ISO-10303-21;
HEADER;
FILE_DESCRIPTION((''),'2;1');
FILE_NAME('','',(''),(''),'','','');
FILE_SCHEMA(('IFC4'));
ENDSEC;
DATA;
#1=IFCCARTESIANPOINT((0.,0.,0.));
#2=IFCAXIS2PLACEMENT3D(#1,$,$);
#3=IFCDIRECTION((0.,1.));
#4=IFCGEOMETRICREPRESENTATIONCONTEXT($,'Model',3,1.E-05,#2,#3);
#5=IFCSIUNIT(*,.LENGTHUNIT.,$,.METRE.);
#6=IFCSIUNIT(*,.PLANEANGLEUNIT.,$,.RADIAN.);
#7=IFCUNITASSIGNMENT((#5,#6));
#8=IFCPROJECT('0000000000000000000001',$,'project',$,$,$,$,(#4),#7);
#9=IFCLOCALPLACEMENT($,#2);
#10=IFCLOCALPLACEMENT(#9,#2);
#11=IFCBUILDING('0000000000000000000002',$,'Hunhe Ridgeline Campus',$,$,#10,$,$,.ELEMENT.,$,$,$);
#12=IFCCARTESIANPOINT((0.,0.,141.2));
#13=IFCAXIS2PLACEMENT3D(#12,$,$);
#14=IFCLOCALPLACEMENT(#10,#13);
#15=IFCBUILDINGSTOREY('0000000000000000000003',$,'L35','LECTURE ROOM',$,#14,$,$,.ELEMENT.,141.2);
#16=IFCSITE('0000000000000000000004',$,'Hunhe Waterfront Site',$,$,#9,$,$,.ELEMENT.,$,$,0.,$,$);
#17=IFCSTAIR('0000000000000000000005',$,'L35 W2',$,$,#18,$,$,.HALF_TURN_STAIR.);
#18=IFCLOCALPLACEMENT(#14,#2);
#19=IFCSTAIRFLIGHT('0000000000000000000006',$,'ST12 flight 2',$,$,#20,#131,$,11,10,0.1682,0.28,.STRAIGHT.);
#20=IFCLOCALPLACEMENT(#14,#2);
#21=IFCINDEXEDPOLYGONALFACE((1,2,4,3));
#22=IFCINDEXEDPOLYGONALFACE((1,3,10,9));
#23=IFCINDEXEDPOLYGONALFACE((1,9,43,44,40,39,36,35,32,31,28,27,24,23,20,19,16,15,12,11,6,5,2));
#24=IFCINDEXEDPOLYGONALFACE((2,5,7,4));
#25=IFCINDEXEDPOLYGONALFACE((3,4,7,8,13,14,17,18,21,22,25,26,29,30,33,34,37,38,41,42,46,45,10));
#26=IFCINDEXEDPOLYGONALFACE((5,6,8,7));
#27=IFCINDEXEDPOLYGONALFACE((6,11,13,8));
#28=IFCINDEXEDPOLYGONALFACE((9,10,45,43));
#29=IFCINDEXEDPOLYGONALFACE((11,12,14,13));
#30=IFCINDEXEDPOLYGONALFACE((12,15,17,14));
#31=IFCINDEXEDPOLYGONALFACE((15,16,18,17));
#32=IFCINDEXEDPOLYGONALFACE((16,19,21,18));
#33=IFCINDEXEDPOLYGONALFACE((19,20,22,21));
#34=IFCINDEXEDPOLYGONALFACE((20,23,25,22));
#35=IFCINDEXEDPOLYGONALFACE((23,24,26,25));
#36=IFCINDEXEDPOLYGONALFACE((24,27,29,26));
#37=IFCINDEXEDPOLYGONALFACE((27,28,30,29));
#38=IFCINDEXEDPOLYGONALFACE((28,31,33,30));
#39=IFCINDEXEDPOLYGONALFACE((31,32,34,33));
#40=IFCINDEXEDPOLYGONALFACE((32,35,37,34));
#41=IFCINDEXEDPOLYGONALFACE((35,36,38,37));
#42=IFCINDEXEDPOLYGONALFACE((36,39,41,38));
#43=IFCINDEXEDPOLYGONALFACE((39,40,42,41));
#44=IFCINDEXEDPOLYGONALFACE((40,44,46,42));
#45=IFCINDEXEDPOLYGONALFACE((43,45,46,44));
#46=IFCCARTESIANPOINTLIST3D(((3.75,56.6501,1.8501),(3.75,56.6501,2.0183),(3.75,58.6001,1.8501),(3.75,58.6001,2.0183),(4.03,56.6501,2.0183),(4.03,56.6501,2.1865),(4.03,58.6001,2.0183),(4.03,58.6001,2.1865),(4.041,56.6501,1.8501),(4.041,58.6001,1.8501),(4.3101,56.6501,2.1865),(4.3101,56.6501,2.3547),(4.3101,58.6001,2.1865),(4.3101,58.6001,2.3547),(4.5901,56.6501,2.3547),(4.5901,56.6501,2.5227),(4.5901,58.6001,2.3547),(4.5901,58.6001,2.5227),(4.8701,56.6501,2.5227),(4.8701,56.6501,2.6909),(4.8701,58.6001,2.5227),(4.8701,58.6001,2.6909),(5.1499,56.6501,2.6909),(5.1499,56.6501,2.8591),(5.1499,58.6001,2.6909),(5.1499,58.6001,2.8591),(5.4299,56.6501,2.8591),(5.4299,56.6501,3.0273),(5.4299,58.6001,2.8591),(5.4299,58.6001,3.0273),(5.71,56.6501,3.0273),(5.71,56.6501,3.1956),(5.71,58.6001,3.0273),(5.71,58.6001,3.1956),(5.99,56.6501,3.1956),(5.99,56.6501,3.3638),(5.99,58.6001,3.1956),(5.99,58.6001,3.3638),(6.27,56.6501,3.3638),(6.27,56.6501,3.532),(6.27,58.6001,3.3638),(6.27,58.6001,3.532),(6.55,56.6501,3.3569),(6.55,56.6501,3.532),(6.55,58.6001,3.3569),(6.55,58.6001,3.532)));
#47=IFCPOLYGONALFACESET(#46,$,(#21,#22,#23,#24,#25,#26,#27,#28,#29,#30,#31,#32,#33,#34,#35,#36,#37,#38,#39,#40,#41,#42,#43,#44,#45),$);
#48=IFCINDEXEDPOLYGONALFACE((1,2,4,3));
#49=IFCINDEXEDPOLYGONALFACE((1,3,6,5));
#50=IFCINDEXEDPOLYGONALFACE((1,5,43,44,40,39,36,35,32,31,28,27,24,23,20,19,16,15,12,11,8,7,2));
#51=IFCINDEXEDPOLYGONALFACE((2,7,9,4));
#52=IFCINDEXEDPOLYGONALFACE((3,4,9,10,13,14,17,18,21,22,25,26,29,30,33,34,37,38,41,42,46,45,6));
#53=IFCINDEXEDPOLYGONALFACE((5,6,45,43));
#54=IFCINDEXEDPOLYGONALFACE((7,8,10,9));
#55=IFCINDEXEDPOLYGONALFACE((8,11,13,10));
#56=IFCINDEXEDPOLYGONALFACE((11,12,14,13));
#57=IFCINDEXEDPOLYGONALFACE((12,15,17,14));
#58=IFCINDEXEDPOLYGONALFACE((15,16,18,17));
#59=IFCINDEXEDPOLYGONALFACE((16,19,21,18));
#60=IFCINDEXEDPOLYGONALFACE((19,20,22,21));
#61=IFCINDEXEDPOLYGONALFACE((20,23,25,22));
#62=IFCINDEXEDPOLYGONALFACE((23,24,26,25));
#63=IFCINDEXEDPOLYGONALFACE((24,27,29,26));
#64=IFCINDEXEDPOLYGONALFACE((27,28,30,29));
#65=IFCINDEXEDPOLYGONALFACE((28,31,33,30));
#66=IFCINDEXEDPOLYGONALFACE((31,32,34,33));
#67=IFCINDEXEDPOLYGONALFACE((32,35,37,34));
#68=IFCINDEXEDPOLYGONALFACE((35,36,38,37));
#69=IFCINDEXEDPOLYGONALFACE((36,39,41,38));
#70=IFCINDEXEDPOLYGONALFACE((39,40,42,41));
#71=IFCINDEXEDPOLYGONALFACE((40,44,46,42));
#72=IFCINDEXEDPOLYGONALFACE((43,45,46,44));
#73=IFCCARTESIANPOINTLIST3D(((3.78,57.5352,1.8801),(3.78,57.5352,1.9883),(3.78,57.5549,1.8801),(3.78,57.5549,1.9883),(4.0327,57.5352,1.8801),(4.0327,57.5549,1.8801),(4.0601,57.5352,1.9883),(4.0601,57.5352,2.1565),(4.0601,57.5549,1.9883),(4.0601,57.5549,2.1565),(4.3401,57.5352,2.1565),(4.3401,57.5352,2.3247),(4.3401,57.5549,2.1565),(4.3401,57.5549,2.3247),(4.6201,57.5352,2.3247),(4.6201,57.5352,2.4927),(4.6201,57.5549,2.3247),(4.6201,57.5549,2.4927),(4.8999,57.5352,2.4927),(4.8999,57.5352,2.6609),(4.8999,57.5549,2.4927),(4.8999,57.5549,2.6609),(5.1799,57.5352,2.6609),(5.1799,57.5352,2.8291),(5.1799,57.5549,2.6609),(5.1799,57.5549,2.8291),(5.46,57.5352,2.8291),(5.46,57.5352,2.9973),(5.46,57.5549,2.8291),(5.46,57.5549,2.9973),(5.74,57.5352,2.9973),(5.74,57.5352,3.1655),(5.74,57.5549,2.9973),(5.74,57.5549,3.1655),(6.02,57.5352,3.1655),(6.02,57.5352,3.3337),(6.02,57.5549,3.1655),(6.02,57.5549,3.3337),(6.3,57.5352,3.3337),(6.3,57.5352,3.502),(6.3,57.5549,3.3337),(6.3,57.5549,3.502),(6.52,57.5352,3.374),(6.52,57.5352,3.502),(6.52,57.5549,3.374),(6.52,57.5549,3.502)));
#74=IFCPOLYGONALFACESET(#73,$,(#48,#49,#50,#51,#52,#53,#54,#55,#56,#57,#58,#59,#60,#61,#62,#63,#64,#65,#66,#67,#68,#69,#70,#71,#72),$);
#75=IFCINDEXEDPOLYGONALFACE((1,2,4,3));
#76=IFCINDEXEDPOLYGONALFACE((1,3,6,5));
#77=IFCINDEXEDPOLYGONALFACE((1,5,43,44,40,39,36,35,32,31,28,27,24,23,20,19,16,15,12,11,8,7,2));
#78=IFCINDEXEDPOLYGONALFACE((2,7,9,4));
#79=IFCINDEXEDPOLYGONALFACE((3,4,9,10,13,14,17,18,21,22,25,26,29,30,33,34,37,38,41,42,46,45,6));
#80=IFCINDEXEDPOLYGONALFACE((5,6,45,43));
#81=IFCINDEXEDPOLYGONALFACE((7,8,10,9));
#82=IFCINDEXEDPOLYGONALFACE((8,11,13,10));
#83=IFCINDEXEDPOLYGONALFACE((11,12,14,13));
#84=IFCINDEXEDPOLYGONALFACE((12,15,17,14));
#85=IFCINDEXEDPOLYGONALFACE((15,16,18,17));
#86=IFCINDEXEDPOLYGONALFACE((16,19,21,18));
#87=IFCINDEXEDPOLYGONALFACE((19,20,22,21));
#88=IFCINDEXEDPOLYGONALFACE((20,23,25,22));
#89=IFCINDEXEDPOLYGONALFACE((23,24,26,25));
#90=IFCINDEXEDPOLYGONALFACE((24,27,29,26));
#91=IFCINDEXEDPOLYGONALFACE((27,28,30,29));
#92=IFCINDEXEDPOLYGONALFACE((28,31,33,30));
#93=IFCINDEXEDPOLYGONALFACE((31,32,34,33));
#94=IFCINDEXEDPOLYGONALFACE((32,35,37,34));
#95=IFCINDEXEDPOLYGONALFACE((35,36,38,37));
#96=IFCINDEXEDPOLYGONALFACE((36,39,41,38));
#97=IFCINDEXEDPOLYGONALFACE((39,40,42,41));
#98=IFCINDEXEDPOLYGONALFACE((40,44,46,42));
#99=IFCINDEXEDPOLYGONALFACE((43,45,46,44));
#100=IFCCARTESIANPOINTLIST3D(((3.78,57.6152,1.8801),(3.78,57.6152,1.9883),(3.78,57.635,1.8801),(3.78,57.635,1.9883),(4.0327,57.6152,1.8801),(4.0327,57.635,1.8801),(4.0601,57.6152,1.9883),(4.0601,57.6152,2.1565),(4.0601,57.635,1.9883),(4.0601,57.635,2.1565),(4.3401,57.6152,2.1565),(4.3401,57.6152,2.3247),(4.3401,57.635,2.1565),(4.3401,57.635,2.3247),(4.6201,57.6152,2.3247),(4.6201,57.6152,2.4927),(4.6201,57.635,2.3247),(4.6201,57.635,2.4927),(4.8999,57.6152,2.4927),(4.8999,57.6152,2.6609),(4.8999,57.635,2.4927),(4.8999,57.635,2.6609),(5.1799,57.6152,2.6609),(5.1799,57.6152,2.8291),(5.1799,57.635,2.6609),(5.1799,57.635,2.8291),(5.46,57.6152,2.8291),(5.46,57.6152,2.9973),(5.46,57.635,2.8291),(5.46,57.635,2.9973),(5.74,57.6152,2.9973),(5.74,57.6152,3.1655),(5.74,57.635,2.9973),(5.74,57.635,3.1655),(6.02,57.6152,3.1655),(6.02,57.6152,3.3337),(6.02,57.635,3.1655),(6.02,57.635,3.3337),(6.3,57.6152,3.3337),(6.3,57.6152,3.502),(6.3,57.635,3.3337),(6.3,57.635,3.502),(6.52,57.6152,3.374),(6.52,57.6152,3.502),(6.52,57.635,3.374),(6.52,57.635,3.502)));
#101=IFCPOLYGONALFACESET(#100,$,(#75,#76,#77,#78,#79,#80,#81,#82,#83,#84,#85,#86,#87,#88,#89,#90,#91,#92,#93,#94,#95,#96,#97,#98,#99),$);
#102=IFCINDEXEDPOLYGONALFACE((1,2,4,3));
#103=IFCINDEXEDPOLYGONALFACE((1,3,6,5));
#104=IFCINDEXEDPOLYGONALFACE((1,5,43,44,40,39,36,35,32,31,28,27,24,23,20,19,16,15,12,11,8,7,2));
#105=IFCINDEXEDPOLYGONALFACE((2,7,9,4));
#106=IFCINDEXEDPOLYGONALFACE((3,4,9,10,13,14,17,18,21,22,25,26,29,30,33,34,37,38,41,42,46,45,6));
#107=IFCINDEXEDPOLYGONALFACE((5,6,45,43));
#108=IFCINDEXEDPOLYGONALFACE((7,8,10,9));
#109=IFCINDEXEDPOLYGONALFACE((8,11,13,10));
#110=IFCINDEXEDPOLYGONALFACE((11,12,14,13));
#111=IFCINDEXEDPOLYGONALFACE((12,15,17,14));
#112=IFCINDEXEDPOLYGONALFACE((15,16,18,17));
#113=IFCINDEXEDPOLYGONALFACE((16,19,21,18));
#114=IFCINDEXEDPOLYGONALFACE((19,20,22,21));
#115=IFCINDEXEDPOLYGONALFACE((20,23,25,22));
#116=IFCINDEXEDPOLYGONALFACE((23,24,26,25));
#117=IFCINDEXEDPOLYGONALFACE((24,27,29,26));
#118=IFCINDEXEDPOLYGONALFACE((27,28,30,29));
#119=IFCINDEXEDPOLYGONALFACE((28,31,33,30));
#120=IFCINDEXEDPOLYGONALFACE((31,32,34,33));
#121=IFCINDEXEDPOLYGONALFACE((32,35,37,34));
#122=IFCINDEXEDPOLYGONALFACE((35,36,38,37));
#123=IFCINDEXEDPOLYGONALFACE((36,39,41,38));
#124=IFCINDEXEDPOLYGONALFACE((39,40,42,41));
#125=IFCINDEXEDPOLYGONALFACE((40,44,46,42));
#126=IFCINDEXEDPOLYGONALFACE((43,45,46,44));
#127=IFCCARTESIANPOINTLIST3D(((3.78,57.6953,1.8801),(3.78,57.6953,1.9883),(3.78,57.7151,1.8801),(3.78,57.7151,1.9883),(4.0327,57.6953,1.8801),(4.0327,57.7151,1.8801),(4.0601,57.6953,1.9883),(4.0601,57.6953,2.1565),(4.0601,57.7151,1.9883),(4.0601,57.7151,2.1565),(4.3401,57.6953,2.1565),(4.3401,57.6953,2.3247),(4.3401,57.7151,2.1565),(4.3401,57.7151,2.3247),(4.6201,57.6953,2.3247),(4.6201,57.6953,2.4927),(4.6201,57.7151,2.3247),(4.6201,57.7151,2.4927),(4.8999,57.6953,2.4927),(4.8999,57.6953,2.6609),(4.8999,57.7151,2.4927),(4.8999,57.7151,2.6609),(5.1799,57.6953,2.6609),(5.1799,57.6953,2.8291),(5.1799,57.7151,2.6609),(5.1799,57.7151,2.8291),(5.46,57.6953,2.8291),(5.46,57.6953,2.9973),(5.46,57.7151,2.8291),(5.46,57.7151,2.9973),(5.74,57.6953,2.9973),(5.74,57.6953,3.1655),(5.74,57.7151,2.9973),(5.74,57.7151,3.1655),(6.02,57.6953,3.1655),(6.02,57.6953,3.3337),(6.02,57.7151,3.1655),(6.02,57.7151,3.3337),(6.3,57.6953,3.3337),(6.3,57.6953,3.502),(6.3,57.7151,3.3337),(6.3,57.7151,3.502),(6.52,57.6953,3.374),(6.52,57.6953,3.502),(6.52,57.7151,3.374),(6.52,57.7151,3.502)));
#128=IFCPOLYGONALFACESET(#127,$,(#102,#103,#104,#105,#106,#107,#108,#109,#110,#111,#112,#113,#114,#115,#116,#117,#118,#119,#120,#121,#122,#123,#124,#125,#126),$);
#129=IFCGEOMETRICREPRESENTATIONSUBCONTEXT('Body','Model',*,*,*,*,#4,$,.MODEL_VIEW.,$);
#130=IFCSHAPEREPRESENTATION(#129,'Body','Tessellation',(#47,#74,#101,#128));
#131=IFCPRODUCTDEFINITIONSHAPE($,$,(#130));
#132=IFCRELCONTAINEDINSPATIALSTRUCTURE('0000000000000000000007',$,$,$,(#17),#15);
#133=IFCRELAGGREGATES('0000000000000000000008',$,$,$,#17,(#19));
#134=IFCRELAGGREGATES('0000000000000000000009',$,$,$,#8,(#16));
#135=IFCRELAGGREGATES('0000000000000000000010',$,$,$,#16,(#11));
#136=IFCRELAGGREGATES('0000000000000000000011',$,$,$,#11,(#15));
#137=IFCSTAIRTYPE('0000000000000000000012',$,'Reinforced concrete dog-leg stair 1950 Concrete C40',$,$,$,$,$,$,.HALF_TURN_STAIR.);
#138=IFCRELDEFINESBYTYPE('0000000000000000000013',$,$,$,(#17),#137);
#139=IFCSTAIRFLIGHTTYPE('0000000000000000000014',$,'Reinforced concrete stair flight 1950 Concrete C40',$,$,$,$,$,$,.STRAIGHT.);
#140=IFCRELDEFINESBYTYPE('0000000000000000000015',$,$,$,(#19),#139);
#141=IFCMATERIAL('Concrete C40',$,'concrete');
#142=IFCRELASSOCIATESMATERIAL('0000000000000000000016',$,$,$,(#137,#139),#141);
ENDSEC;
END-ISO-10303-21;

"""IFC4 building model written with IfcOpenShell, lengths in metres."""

from ifc_helpers import new_model, si_unit, direction, frame, origin, place, context, subcontext, project, spatial, polyline, outline, extrude, material, type_object, element, aggregate, save


model = new_model("IFC4")

# Units and contexts
model_context = context("Model", 3, precision=1e-05, world=origin(), true_north=direction((0.0, 1.0)))
body_context = subcontext(model_context, "Body", "Model", "MODEL_VIEW")
ifc_project = project(units=[si_unit("LENGTHUNIT", "METRE"), si_unit("PLANEANGLEUNIT", "RADIAN")], contexts=[model_context])

# Site, building, storey
site_placement = place(None, origin())
site = spatial("IfcSite", under=ifc_project, at=site_placement, Name="Hunhe Waterfront Site", CompositionType="ELEMENT", RefElevation=0.0)
building_placement = place(site_placement, origin())
building = spatial("IfcBuilding", under=site, at=building_placement, Name="Hunhe Ridgeline Campus", CompositionType="ELEMENT")
storey_placement = place(building_placement, frame((0.0, 0.0, 141.2)))
storey = spatial("IfcBuildingStorey", under=building, at=storey_placement, Name="L35", Description="LECTURE ROOM", CompositionType="ELEMENT", Elevation=141.2)

# Stair, stair flight
ifc_material_1 = material(Name="Concrete C40", Category="concrete")
stair_type = type_object("IfcStairType", Name="Reinforced concrete dog-leg stair 1950 Concrete C40", PredefinedType="HALF_TURN_STAIR", material=ifc_material_1)
stair_flight_type = type_object("IfcStairFlightType", Name="Reinforced concrete stair flight 1950 Concrete C40", PredefinedType="STRAIGHT", material=ifc_material_1)
stair_1_placement = place(storey_placement, origin())
stair_1 = element("IfcStair", 1, at=stair_1_placement, inside=storey, type_object=stair_type, Name="L35 W2", PredefinedType="HALF_TURN_STAIR")
stair_flight_1_placement = place(storey_placement, frame((3.75, 57.625, 1.8501), z_axis=(0.0, 0.0, 1.0), x_axis=(1.0, 0.0, 0.0)))
stair_flight_1 = element("IfcStairFlight", 2, at=stair_flight_1_placement, type_object=stair_flight_type, Name="ST12 flight 2", NumberOfRisers=11, NumberOfTreads=10, PredefinedType="STRAIGHT", RiserHeight=0.1682, TreadLength=0.28, context=body_context, shape_type="SweptSolid", body=[
    extrude(outline(polyline([(0.0, 0.0), (0.0, 0.1682), (0.28, 0.1682), (0.28, 0.3364), (0.5601, 0.3364), (0.5601, 0.5046), (0.8401, 0.5046), (0.8401, 0.6726), (1.1201, 0.6726), (1.1201, 0.8408), (1.3999, 0.8408), (1.3999, 1.009), (1.6799, 1.009), (1.6799, 1.1772), (1.96, 1.1772), (1.96, 1.3455), (2.24, 1.3455), (2.24, 1.5137), (2.52, 1.5137), (2.52, 1.6819), (2.8, 1.6819), (2.8, 1.8501), (2.8, 1.5068), (0.291, 0.0), (0.0, 0.0)])), frame((0.0, 0.9751, 0.0), z_axis=(0.0, -1.0, 0.0), x_axis=(1.0, 0.0, 0.0)), (0.0, 0.0, 1.0), 1.95),
    extrude(outline(polyline([(0.03, 0.03), (0.03, 0.1382), (0.3101, 0.1382), (0.3101, 0.3064), (0.5901, 0.3064), (0.5901, 0.4746), (0.8701, 0.4746), (0.8701, 0.6426), (1.1499, 0.6426), (1.1499, 0.8108), (1.4299, 0.8108), (1.4299, 0.979), (1.71, 0.979), (1.71, 1.1472), (1.99, 1.1472), (1.99, 1.3154), (2.27, 1.3154), (2.27, 1.4836), (2.55, 1.4836), (2.55, 1.6519), (2.77, 1.6519), (2.77, 1.5239), (0.2827, 0.03), (0.03, 0.03)])), frame((0.0, -0.0701, 0.0), z_axis=(0.0, -1.0, 0.0), x_axis=(1.0, 0.0, 0.0)), (0.0, 0.0, 1.0), 0.0198),
    extrude(outline(polyline([(0.03, 0.03), (0.03, 0.1382), (0.3101, 0.1382), (0.3101, 0.3064), (0.5901, 0.3064), (0.5901, 0.4746), (0.8701, 0.4746), (0.8701, 0.6426), (1.1499, 0.6426), (1.1499, 0.8108), (1.4299, 0.8108), (1.4299, 0.979), (1.71, 0.979), (1.71, 1.1472), (1.99, 1.1472), (1.99, 1.3154), (2.27, 1.3154), (2.27, 1.4836), (2.55, 1.4836), (2.55, 1.6519), (2.77, 1.6519), (2.77, 1.5239), (0.2827, 0.03), (0.03, 0.03)])), frame((0.0, 0.01, 0.0), z_axis=(0.0, -1.0, 0.0), x_axis=(1.0, 0.0, 0.0)), (0.0, 0.0, 1.0), 0.0198),
    extrude(outline(polyline([(0.03, 0.03), (0.03, 0.1382), (0.3101, 0.1382), (0.3101, 0.3064), (0.5901, 0.3064), (0.5901, 0.4746), (0.8701, 0.4746), (0.8701, 0.6426), (1.1499, 0.6426), (1.1499, 0.8108), (1.4299, 0.8108), (1.4299, 0.979), (1.71, 0.979), (1.71, 1.1472), (1.99, 1.1472), (1.99, 1.3154), (2.27, 1.3154), (2.27, 1.4836), (2.55, 1.4836), (2.55, 1.6519), (2.77, 1.6519), (2.77, 1.5239), (0.2827, 0.03), (0.03, 0.03)])), frame((0.0, 0.0901, 0.0), z_axis=(0.0, -1.0, 0.0), x_axis=(1.0, 0.0, 0.0)), (0.0, 0.0, 1.0), 0.0198),
])
aggregate(stair_1, [stair_flight_1])

save(model, "model.ifc")
